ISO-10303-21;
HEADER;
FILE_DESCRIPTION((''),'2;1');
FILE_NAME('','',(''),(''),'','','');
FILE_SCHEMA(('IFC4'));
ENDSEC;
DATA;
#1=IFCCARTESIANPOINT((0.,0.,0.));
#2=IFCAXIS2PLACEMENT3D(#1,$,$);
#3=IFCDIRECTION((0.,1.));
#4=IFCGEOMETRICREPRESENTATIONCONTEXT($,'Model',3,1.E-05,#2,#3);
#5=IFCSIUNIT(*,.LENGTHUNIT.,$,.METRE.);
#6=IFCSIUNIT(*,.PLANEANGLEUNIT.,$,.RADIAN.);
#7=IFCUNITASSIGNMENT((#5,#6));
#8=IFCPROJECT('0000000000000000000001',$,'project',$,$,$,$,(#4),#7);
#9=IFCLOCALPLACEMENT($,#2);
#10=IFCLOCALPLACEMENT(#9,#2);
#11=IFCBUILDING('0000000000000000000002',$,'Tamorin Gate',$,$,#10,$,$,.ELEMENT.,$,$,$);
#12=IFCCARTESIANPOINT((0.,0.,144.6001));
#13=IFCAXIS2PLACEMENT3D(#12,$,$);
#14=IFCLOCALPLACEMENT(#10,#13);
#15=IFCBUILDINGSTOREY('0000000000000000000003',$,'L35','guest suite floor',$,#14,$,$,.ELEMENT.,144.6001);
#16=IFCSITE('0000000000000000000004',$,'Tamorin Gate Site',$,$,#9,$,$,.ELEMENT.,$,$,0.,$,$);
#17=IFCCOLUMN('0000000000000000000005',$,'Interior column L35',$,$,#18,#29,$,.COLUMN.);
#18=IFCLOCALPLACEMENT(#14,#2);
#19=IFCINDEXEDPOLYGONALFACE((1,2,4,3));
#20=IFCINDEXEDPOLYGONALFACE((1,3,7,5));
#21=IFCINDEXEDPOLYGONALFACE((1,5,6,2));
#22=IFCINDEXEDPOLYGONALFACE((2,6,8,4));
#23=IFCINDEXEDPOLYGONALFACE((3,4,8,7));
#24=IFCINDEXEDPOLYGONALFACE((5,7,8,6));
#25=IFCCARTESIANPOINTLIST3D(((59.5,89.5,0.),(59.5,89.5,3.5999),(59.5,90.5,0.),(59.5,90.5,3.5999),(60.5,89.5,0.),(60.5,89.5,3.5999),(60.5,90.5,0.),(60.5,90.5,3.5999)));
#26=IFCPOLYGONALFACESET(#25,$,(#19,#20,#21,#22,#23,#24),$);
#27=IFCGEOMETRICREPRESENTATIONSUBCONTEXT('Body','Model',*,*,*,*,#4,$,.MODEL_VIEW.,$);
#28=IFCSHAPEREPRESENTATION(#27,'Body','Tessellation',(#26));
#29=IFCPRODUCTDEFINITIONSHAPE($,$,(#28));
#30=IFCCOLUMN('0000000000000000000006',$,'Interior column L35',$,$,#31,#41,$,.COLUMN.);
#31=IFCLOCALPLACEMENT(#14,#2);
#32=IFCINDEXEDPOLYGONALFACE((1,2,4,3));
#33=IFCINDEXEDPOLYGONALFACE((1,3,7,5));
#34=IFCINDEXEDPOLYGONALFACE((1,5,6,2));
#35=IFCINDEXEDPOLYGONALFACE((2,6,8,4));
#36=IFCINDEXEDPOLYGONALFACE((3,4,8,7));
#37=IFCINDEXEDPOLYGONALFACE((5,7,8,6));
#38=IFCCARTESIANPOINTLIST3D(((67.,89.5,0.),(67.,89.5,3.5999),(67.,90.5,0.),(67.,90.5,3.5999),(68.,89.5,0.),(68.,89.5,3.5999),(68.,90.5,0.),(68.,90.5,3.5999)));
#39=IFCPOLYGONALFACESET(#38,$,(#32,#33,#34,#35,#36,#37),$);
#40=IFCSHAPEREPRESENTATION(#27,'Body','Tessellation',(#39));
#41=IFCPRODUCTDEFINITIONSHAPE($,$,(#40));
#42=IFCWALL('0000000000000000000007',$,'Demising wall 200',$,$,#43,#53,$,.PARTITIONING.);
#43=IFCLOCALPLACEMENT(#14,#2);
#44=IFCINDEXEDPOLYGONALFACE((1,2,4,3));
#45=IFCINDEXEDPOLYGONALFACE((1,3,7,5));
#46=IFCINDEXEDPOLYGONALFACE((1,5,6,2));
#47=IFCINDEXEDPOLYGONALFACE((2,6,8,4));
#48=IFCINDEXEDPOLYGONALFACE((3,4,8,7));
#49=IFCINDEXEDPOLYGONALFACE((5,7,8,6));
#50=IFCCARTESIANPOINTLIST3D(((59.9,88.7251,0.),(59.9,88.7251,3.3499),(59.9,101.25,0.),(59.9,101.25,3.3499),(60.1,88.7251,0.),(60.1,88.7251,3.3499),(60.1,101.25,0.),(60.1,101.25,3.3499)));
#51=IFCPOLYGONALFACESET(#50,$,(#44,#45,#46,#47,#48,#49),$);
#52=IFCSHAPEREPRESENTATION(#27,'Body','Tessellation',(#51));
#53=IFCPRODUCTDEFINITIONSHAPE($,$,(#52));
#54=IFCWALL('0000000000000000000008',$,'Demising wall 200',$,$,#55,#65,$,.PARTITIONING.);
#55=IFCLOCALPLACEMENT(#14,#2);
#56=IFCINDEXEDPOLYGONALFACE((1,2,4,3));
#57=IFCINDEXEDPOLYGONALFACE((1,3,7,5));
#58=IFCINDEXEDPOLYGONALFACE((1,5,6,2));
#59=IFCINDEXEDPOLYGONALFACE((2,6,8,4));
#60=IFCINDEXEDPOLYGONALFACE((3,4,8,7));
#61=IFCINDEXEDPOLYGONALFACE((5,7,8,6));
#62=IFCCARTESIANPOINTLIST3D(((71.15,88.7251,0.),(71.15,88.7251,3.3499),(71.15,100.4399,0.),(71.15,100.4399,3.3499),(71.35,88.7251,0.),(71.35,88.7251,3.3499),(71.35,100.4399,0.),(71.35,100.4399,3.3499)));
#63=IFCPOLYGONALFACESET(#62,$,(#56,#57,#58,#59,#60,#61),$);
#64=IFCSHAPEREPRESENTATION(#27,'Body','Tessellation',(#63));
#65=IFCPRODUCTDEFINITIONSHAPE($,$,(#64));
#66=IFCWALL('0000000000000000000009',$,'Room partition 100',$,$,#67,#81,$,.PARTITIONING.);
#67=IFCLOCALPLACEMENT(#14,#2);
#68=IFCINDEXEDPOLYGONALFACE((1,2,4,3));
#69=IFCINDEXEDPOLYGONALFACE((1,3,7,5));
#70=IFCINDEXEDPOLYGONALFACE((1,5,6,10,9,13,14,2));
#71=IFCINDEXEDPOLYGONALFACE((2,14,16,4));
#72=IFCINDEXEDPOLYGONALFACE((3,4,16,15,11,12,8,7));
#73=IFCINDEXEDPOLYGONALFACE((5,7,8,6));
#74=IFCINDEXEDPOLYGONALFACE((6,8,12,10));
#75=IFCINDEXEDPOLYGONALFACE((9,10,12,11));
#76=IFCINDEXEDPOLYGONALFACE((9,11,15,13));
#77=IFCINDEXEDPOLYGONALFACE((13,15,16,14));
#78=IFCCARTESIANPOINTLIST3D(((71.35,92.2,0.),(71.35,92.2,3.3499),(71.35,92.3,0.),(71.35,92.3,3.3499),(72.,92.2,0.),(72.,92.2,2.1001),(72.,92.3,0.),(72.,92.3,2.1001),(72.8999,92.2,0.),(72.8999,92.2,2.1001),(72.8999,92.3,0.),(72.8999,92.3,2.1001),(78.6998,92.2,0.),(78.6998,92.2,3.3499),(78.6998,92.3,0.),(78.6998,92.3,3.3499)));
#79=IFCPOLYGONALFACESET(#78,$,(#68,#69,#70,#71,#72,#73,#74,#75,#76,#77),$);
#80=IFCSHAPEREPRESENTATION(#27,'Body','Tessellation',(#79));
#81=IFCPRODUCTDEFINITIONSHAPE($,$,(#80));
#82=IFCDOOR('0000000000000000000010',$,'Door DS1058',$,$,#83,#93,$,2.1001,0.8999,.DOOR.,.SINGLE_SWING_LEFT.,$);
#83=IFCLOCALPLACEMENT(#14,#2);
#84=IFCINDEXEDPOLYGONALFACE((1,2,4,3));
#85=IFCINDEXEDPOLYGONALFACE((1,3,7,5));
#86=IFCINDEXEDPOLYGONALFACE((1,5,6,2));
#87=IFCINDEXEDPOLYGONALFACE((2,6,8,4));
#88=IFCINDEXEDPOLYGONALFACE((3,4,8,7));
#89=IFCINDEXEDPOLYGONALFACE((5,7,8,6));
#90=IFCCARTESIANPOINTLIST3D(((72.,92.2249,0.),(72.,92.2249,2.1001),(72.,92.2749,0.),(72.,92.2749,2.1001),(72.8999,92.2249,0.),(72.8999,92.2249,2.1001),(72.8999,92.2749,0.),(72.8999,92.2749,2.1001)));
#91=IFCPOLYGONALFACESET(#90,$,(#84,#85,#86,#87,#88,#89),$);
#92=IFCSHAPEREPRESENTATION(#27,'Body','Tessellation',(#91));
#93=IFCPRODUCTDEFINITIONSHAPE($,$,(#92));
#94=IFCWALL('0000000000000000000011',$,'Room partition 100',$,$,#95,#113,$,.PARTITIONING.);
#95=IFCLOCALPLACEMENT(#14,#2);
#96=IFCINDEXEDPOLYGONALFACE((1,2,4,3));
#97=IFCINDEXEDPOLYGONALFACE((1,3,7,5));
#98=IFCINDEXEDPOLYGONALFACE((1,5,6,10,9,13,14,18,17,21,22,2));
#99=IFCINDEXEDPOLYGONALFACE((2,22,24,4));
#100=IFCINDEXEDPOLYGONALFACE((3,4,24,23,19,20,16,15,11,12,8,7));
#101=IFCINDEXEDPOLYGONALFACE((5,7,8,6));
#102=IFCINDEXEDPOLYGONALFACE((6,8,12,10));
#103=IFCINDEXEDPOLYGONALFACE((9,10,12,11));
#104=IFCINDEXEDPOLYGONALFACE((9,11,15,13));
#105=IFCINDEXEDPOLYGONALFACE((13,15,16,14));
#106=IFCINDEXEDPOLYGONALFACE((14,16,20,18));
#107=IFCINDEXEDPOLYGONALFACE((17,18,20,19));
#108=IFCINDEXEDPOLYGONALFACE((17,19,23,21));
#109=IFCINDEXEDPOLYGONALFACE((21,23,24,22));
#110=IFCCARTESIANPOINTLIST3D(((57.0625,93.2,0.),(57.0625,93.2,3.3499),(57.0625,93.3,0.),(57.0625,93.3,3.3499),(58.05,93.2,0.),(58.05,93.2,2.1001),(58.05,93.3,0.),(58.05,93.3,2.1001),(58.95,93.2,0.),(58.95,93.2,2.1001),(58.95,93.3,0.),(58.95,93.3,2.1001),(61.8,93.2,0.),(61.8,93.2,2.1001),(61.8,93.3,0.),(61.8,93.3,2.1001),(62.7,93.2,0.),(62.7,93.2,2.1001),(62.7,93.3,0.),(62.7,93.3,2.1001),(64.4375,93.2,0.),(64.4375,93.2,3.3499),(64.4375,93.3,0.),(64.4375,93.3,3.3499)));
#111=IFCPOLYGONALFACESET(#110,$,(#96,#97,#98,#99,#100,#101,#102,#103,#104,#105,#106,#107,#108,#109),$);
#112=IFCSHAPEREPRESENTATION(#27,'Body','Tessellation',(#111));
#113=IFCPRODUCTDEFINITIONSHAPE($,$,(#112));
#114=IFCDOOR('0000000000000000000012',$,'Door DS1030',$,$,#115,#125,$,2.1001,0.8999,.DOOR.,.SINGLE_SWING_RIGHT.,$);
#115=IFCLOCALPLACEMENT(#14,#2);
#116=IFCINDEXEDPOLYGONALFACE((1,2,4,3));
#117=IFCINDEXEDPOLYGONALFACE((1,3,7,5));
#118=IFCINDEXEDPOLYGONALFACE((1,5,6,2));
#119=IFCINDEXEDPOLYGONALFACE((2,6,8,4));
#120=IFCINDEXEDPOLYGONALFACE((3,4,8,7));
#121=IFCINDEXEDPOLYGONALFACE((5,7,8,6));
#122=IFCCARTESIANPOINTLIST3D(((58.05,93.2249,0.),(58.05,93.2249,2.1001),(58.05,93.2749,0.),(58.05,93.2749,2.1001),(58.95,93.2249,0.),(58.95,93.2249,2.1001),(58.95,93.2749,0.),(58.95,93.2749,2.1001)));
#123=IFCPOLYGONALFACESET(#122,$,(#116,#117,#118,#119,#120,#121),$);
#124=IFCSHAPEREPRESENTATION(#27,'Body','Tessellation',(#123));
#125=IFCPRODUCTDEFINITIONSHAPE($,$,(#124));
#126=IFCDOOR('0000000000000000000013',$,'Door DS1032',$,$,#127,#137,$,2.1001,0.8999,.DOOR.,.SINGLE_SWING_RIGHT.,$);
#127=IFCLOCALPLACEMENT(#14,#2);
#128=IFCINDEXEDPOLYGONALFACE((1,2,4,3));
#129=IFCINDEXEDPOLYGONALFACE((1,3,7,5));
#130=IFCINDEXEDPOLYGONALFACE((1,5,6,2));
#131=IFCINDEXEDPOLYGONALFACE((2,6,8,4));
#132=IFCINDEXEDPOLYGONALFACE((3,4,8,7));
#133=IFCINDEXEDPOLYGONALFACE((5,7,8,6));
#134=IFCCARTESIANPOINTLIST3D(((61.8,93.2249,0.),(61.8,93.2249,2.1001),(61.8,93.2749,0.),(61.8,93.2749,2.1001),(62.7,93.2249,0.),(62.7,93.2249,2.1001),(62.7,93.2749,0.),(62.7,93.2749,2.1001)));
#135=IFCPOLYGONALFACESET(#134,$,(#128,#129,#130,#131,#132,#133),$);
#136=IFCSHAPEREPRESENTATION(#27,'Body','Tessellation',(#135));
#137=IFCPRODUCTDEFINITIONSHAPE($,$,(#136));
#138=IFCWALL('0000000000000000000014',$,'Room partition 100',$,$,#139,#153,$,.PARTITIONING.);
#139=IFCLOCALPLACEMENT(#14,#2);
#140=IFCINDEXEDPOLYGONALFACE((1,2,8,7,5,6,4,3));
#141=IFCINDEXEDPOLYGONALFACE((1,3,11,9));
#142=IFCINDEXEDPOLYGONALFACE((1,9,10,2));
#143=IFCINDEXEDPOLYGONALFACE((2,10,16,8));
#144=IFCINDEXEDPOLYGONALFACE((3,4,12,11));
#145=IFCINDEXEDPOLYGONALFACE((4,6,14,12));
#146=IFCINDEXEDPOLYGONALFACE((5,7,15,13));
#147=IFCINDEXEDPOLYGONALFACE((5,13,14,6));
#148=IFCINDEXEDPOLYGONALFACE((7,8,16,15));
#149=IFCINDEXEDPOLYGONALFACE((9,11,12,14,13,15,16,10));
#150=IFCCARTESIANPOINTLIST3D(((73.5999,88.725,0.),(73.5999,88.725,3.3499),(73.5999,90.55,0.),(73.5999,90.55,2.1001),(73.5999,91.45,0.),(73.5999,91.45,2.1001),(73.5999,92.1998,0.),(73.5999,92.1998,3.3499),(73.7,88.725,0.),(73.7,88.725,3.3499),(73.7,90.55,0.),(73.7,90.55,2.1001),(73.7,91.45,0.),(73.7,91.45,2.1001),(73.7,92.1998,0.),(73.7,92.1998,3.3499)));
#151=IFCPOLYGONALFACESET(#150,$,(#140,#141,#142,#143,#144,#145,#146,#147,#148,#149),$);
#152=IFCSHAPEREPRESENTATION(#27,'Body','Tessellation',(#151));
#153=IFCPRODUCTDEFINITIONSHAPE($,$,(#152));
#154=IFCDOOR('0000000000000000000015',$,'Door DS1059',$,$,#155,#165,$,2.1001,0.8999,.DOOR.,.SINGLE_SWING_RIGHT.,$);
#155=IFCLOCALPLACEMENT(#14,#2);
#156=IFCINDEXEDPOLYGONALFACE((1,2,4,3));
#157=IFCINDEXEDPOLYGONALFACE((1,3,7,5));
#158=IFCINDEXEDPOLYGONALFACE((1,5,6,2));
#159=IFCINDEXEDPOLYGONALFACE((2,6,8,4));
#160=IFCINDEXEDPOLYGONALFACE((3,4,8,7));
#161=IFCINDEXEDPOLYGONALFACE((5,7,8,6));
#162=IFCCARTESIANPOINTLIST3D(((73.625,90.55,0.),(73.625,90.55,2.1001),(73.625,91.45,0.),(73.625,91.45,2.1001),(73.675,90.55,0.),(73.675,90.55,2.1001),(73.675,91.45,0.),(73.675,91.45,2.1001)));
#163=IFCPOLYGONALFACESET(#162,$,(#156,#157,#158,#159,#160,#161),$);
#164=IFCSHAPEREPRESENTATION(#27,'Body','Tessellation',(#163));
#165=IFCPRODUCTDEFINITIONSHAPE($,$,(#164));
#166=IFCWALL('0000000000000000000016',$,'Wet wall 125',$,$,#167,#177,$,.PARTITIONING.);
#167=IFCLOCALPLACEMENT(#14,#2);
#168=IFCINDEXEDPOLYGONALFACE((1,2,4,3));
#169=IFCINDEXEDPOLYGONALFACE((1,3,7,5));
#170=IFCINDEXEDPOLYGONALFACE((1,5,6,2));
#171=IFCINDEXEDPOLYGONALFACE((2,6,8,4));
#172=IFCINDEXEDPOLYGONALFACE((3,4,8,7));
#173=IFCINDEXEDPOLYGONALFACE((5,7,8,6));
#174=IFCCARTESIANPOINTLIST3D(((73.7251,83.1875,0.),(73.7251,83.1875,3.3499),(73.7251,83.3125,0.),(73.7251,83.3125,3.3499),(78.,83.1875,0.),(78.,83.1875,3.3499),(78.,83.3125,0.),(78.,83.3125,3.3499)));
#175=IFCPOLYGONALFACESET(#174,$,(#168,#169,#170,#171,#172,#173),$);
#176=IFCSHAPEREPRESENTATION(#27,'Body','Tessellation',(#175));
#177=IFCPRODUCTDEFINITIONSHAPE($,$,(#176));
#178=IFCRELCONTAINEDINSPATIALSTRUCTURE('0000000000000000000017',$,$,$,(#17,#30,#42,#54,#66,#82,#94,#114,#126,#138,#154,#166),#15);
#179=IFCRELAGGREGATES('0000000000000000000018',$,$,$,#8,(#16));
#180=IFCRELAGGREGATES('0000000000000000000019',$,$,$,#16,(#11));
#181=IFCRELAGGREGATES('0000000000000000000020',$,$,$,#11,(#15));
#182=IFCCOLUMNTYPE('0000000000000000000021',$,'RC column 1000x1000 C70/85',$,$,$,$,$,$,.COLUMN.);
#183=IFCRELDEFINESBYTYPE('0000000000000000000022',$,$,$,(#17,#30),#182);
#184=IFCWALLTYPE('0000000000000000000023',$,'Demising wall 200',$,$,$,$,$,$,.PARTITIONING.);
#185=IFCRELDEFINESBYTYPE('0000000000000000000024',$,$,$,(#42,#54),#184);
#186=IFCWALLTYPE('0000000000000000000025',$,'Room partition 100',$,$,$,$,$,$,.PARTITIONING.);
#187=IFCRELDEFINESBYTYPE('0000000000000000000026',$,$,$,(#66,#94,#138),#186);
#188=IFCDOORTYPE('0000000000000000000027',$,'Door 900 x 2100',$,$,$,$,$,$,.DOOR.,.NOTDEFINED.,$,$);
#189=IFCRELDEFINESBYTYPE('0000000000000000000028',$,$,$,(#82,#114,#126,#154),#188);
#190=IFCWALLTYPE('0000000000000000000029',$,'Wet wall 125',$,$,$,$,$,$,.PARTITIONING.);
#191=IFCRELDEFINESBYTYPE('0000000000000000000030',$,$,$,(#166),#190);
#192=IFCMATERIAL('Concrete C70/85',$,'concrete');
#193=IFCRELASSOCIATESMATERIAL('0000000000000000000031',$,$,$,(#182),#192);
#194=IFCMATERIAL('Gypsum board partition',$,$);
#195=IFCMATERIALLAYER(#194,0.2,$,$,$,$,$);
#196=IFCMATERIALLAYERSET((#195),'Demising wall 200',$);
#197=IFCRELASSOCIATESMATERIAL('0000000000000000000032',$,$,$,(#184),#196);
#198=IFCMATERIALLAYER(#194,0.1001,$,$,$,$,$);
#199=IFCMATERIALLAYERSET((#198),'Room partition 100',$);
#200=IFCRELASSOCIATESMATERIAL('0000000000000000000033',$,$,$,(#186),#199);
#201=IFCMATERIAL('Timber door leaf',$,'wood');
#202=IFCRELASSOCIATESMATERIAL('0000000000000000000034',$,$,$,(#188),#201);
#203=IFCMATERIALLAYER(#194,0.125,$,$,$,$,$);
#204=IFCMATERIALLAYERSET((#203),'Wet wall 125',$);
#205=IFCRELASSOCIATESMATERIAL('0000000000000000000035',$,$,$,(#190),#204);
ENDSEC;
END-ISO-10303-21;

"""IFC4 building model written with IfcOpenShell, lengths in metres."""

from ifc_helpers import new_model, si_unit, direction, frame, frame_2d, origin, origin_2d, place, context, subcontext, project, spatial, rectangle, extrude, material, layer, layer_set, material_profile, profile_set, type_object, element, fill, save


model = new_model("IFC4")

# Units and contexts
model_context = context("Model", 3, precision=1e-05, world=origin(), true_north=direction((0.0, 1.0)))
body_context = subcontext(model_context, "Body", "Model", "MODEL_VIEW")
ifc_project = project(units=[si_unit("LENGTHUNIT", "METRE"), si_unit("PLANEANGLEUNIT", "RADIAN")], contexts=[model_context])

# Site, building, storey
site_placement = place(None, origin())
site = spatial("IfcSite", under=ifc_project, at=site_placement, Name="Tamorin Gate Site", CompositionType="ELEMENT", RefElevation=0.0)
building_placement = place(site_placement, origin())
building = spatial("IfcBuilding", under=site, at=building_placement, Name="Tamorin Gate", CompositionType="ELEMENT")
storey_placement = place(building_placement, frame((0.0, 0.0, 144.6001)))
storey = spatial("IfcBuildingStorey", under=building, at=storey_placement, Name="L35", Description="guest suite floor", CompositionType="ELEMENT", Elevation=144.6001)

# Columns
ifc_material_1 = material(Name="Concrete C70/85", Category="concrete")
ifc_material_profile = material_profile(ifc_material_1, rectangle(XDim=1.0, YDim=1.0, at=origin_2d()), Name="RC 1000x1000")
ifc_profile_set = profile_set([ifc_material_profile], Name="Concrete C70/85")
column_type = type_object("IfcColumnType", Name="RC column 1000x1000 C70/85", PredefinedType="COLUMN", material=ifc_profile_set)
for number, where, z_axis, x_axis, name in (
    (1, (60.0, 90.0, 0.0), (0.0, 0.0, 1.0), (1.0, 0.0, 0.0), "Interior column L35"),
    (2, (67.5, 90.0, 0.0), (0.0, 0.0, 1.0), (1.0, 0.0, 0.0), "Interior column L35"),
):
    element("IfcColumn", number, at=place(storey_placement, frame(where, z_axis=z_axis, x_axis=x_axis)), inside=storey, type_object=column_type, Name=name, PredefinedType="COLUMN", context=body_context, shape_type="SweptSolid", body=[
        extrude(rectangle(XDim=1.0, YDim=1.0, at=origin_2d()), origin(), (0.0, 0.0, 1.0), 3.5999),
    ])

# Walls
ifc_material_2 = material(Name="Gypsum board partition")
ifc_layer_1 = layer(ifc_material_2, 0.2)
ifc_layer_set_1 = layer_set([ifc_layer_1], Name="Demising wall 200")
wall_type_1 = type_object("IfcWallType", Name="Demising wall 200", PredefinedType="PARTITIONING", material=ifc_layer_set_1)
wall_1_placement = place(storey_placement, frame((60.0, 88.7251, 0.0), z_axis=(0.0, 0.0, 1.0), x_axis=(0.0, 1.0, 0.0)))
element("IfcWall", 3, at=wall_1_placement, inside=storey, type_object=wall_type_1, Name="Demising wall 200", PredefinedType="PARTITIONING", context=body_context, shape_type="SweptSolid", body=[
    extrude(rectangle(XDim=12.5249, YDim=0.2, at=frame_2d((6.2625, 0.0))), origin(), (0.0, 0.0, 1.0), 3.3499),
])
wall_2_placement = place(storey_placement, frame((71.25, 88.7251, 0.0), z_axis=(0.0, 0.0, 1.0), x_axis=(0.0, 1.0, 0.0)))
element("IfcWall", 4, at=wall_2_placement, inside=storey, type_object=wall_type_1, Name="Demising wall 200", PredefinedType="PARTITIONING", context=body_context, shape_type="SweptSolid", body=[
    extrude(rectangle(XDim=11.7148, YDim=0.2, at=frame_2d((5.8574, 0.0))), origin(), (0.0, 0.0, 1.0), 3.3499),
])

# Wall, opening, door
ifc_layer_2 = layer(ifc_material_2, 0.1001)
ifc_layer_set_2 = layer_set([ifc_layer_2], Name="Room partition 100")
wall_type_2 = type_object("IfcWallType", Name="Room partition 100", PredefinedType="PARTITIONING", material=ifc_layer_set_2)
wall_3_placement = place(storey_placement, frame((71.3501, 92.25, 0.0), z_axis=(0.0, 0.0, 1.0), x_axis=(1.0, 0.0, 0.0)))
wall_3 = element("IfcWall", 5, at=wall_3_placement, inside=storey, type_object=wall_type_2, Name="Room partition 100", PredefinedType="PARTITIONING", context=body_context, shape_type="SweptSolid", body=[
    extrude(rectangle(XDim=7.3499, YDim=0.1001, at=frame_2d((3.6748, 0.0))), origin(), (0.0, 0.0, 1.0), 3.3499),
])
opening_1_placement = place(wall_3_placement, frame((0.6499, 0.0, 0.0)))
opening_1 = element("IfcOpeningElement", 6, at=opening_1_placement, cuts=wall_3, PredefinedType="OPENING", context=body_context, shape_type="SweptSolid", body=[
    extrude(rectangle(XDim=0.8999, YDim=2.1001, at=frame_2d((0.45, 1.05))), frame((0.0, 0.0601, 0.0), z_axis=(0.0, -1.0, 0.0), x_axis=(1.0, 0.0, 0.0)), (0.0, 0.0, 1.0), 0.1201),
])
ifc_material_3 = material(Name="Timber door leaf", Category="wood")
door_type = type_object("IfcDoorType", Name="Door 900 x 2100", OperationType="NOTDEFINED", PredefinedType="DOOR", material=ifc_material_3)
door_1_placement = place(opening_1_placement, origin())
door_1 = element("IfcDoor", 7, at=door_1_placement, inside=storey, type_object=door_type, Name="Door DS1058", OperationType="SINGLE_SWING_LEFT", OverallHeight=2.1001, OverallWidth=0.8999, PredefinedType="DOOR", context=body_context, shape_type="SweptSolid", body=[
    extrude(rectangle(XDim=0.8999, YDim=2.1001, at=frame_2d((0.45, 1.05))), frame((0.0, 0.0249, 0.0), z_axis=(0.0, -1.0, 0.0), x_axis=(1.0, 0.0, 0.0)), (0.0, 0.0, 1.0), 0.05),
])
fill(opening_1, door_1)

# Wall, openings, doors
wall_4_placement = place(storey_placement, frame((57.0625, 93.25, 0.0), z_axis=(0.0, 0.0, 1.0), x_axis=(1.0, 0.0, 0.0)))
wall_4 = element("IfcWall", 8, at=wall_4_placement, inside=storey, type_object=wall_type_2, Name="Room partition 100", PredefinedType="PARTITIONING", context=body_context, shape_type="SweptSolid", body=[
    extrude(rectangle(XDim=7.375, YDim=0.1001, at=frame_2d((3.6875, 0.0))), origin(), (0.0, 0.0, 1.0), 3.3499),
])
opening_2_placement = place(wall_4_placement, frame((0.9875, 0.0, 0.0)))
opening_2 = element("IfcOpeningElement", 9, at=opening_2_placement, cuts=wall_4, PredefinedType="OPENING", context=body_context, shape_type="SweptSolid", body=[
    extrude(rectangle(XDim=0.8999, YDim=2.1001, at=frame_2d((0.45, 1.05))), frame((0.0, 0.0601, 0.0), z_axis=(0.0, -1.0, 0.0), x_axis=(1.0, 0.0, 0.0)), (0.0, 0.0, 1.0), 0.1201),
])
opening_3_placement = place(wall_4_placement, frame((4.7375, 0.0, 0.0)))
opening_3 = element("IfcOpeningElement", 10, at=opening_3_placement, cuts=wall_4, PredefinedType="OPENING", context=body_context, shape_type="SweptSolid", body=[
    extrude(rectangle(XDim=0.8999, YDim=2.1001, at=frame_2d((0.45, 1.05))), frame((0.0, 0.0601, 0.0), z_axis=(0.0, -1.0, 0.0), x_axis=(1.0, 0.0, 0.0)), (0.0, 0.0, 1.0), 0.1201),
])
door_2_placement = place(opening_2_placement, origin())
door_2 = element("IfcDoor", 11, at=door_2_placement, inside=storey, type_object=door_type, Name="Door DS1030", OperationType="SINGLE_SWING_RIGHT", OverallHeight=2.1001, OverallWidth=0.8999, PredefinedType="DOOR", context=body_context, shape_type="SweptSolid", body=[
    extrude(rectangle(XDim=0.8999, YDim=2.1001, at=frame_2d((0.45, 1.05))), frame((0.0, 0.0249, 0.0), z_axis=(0.0, -1.0, 0.0), x_axis=(1.0, 0.0, 0.0)), (0.0, 0.0, 1.0), 0.05),
])
fill(opening_2, door_2)
door_3_placement = place(opening_3_placement, origin())
door_3 = element("IfcDoor", 12, at=door_3_placement, inside=storey, type_object=door_type, Name="Door DS1032", OperationType="SINGLE_SWING_RIGHT", OverallHeight=2.1001, OverallWidth=0.8999, PredefinedType="DOOR", context=body_context, shape_type="SweptSolid", body=[
    extrude(rectangle(XDim=0.8999, YDim=2.1001, at=frame_2d((0.45, 1.05))), frame((0.0, 0.0249, 0.0), z_axis=(0.0, -1.0, 0.0), x_axis=(1.0, 0.0, 0.0)), (0.0, 0.0, 1.0), 0.05),
])
fill(opening_3, door_3)

# Wall, opening, door
wall_5_placement = place(storey_placement, frame((73.6499, 88.7251, 0.0), z_axis=(0.0, 0.0, 1.0), x_axis=(0.0, 1.0, 0.0)))
wall_5 = element("IfcWall", 13, at=wall_5_placement, inside=storey, type_object=wall_type_2, Name="Room partition 100", PredefinedType="PARTITIONING", context=body_context, shape_type="SweptSolid", body=[
    extrude(rectangle(XDim=3.4749, YDim=0.1001, at=frame_2d((1.7373, 0.0))), origin(), (0.0, 0.0, 1.0), 3.3499),
])
opening_4_placement = place(wall_5_placement, frame((1.825, 0.0, 0.0)))
opening_4 = element("IfcOpeningElement", 14, at=opening_4_placement, cuts=wall_5, PredefinedType="OPENING", context=body_context, shape_type="SweptSolid", body=[
    extrude(rectangle(XDim=0.8999, YDim=2.1001, at=frame_2d((0.45, 1.05))), frame((0.0, 0.0601, 0.0), z_axis=(0.0, -1.0, 0.0), x_axis=(1.0, 0.0, 0.0)), (0.0, 0.0, 1.0), 0.1201),
])
door_4_placement = place(opening_4_placement, origin())
door_4 = element("IfcDoor", 15, at=door_4_placement, inside=storey, type_object=door_type, Name="Door DS1059", OperationType="SINGLE_SWING_RIGHT", OverallHeight=2.1001, OverallWidth=0.8999, PredefinedType="DOOR", context=body_context, shape_type="SweptSolid", body=[
    extrude(rectangle(XDim=0.8999, YDim=2.1001, at=frame_2d((0.45, 1.05))), frame((0.0, 0.0249, 0.0), z_axis=(0.0, -1.0, 0.0), x_axis=(1.0, 0.0, 0.0)), (0.0, 0.0, 1.0), 0.05),
])
fill(opening_4, door_4)

# Wall
ifc_layer_3 = layer(ifc_material_2, 0.125)
ifc_layer_set_3 = layer_set([ifc_layer_3], Name="Wet wall 125")
wall_type_3 = type_object("IfcWallType", Name="Wet wall 125", PredefinedType="PARTITIONING", material=ifc_layer_set_3)
wall_6_placement = place(storey_placement, frame((73.7251, 83.25, 0.0), z_axis=(0.0, 0.0, 1.0), x_axis=(1.0, 0.0, 0.0)))
element("IfcWall", 16, at=wall_6_placement, inside=storey, type_object=wall_type_3, Name="Wet wall 125", PredefinedType="PARTITIONING", context=body_context, shape_type="SweptSolid", body=[
    extrude(rectangle(XDim=4.2749, YDim=0.125, at=frame_2d((2.1375, 0.0))), origin(), (0.0, 0.0, 1.0), 3.3499),
])

save(model, "model.ifc")
